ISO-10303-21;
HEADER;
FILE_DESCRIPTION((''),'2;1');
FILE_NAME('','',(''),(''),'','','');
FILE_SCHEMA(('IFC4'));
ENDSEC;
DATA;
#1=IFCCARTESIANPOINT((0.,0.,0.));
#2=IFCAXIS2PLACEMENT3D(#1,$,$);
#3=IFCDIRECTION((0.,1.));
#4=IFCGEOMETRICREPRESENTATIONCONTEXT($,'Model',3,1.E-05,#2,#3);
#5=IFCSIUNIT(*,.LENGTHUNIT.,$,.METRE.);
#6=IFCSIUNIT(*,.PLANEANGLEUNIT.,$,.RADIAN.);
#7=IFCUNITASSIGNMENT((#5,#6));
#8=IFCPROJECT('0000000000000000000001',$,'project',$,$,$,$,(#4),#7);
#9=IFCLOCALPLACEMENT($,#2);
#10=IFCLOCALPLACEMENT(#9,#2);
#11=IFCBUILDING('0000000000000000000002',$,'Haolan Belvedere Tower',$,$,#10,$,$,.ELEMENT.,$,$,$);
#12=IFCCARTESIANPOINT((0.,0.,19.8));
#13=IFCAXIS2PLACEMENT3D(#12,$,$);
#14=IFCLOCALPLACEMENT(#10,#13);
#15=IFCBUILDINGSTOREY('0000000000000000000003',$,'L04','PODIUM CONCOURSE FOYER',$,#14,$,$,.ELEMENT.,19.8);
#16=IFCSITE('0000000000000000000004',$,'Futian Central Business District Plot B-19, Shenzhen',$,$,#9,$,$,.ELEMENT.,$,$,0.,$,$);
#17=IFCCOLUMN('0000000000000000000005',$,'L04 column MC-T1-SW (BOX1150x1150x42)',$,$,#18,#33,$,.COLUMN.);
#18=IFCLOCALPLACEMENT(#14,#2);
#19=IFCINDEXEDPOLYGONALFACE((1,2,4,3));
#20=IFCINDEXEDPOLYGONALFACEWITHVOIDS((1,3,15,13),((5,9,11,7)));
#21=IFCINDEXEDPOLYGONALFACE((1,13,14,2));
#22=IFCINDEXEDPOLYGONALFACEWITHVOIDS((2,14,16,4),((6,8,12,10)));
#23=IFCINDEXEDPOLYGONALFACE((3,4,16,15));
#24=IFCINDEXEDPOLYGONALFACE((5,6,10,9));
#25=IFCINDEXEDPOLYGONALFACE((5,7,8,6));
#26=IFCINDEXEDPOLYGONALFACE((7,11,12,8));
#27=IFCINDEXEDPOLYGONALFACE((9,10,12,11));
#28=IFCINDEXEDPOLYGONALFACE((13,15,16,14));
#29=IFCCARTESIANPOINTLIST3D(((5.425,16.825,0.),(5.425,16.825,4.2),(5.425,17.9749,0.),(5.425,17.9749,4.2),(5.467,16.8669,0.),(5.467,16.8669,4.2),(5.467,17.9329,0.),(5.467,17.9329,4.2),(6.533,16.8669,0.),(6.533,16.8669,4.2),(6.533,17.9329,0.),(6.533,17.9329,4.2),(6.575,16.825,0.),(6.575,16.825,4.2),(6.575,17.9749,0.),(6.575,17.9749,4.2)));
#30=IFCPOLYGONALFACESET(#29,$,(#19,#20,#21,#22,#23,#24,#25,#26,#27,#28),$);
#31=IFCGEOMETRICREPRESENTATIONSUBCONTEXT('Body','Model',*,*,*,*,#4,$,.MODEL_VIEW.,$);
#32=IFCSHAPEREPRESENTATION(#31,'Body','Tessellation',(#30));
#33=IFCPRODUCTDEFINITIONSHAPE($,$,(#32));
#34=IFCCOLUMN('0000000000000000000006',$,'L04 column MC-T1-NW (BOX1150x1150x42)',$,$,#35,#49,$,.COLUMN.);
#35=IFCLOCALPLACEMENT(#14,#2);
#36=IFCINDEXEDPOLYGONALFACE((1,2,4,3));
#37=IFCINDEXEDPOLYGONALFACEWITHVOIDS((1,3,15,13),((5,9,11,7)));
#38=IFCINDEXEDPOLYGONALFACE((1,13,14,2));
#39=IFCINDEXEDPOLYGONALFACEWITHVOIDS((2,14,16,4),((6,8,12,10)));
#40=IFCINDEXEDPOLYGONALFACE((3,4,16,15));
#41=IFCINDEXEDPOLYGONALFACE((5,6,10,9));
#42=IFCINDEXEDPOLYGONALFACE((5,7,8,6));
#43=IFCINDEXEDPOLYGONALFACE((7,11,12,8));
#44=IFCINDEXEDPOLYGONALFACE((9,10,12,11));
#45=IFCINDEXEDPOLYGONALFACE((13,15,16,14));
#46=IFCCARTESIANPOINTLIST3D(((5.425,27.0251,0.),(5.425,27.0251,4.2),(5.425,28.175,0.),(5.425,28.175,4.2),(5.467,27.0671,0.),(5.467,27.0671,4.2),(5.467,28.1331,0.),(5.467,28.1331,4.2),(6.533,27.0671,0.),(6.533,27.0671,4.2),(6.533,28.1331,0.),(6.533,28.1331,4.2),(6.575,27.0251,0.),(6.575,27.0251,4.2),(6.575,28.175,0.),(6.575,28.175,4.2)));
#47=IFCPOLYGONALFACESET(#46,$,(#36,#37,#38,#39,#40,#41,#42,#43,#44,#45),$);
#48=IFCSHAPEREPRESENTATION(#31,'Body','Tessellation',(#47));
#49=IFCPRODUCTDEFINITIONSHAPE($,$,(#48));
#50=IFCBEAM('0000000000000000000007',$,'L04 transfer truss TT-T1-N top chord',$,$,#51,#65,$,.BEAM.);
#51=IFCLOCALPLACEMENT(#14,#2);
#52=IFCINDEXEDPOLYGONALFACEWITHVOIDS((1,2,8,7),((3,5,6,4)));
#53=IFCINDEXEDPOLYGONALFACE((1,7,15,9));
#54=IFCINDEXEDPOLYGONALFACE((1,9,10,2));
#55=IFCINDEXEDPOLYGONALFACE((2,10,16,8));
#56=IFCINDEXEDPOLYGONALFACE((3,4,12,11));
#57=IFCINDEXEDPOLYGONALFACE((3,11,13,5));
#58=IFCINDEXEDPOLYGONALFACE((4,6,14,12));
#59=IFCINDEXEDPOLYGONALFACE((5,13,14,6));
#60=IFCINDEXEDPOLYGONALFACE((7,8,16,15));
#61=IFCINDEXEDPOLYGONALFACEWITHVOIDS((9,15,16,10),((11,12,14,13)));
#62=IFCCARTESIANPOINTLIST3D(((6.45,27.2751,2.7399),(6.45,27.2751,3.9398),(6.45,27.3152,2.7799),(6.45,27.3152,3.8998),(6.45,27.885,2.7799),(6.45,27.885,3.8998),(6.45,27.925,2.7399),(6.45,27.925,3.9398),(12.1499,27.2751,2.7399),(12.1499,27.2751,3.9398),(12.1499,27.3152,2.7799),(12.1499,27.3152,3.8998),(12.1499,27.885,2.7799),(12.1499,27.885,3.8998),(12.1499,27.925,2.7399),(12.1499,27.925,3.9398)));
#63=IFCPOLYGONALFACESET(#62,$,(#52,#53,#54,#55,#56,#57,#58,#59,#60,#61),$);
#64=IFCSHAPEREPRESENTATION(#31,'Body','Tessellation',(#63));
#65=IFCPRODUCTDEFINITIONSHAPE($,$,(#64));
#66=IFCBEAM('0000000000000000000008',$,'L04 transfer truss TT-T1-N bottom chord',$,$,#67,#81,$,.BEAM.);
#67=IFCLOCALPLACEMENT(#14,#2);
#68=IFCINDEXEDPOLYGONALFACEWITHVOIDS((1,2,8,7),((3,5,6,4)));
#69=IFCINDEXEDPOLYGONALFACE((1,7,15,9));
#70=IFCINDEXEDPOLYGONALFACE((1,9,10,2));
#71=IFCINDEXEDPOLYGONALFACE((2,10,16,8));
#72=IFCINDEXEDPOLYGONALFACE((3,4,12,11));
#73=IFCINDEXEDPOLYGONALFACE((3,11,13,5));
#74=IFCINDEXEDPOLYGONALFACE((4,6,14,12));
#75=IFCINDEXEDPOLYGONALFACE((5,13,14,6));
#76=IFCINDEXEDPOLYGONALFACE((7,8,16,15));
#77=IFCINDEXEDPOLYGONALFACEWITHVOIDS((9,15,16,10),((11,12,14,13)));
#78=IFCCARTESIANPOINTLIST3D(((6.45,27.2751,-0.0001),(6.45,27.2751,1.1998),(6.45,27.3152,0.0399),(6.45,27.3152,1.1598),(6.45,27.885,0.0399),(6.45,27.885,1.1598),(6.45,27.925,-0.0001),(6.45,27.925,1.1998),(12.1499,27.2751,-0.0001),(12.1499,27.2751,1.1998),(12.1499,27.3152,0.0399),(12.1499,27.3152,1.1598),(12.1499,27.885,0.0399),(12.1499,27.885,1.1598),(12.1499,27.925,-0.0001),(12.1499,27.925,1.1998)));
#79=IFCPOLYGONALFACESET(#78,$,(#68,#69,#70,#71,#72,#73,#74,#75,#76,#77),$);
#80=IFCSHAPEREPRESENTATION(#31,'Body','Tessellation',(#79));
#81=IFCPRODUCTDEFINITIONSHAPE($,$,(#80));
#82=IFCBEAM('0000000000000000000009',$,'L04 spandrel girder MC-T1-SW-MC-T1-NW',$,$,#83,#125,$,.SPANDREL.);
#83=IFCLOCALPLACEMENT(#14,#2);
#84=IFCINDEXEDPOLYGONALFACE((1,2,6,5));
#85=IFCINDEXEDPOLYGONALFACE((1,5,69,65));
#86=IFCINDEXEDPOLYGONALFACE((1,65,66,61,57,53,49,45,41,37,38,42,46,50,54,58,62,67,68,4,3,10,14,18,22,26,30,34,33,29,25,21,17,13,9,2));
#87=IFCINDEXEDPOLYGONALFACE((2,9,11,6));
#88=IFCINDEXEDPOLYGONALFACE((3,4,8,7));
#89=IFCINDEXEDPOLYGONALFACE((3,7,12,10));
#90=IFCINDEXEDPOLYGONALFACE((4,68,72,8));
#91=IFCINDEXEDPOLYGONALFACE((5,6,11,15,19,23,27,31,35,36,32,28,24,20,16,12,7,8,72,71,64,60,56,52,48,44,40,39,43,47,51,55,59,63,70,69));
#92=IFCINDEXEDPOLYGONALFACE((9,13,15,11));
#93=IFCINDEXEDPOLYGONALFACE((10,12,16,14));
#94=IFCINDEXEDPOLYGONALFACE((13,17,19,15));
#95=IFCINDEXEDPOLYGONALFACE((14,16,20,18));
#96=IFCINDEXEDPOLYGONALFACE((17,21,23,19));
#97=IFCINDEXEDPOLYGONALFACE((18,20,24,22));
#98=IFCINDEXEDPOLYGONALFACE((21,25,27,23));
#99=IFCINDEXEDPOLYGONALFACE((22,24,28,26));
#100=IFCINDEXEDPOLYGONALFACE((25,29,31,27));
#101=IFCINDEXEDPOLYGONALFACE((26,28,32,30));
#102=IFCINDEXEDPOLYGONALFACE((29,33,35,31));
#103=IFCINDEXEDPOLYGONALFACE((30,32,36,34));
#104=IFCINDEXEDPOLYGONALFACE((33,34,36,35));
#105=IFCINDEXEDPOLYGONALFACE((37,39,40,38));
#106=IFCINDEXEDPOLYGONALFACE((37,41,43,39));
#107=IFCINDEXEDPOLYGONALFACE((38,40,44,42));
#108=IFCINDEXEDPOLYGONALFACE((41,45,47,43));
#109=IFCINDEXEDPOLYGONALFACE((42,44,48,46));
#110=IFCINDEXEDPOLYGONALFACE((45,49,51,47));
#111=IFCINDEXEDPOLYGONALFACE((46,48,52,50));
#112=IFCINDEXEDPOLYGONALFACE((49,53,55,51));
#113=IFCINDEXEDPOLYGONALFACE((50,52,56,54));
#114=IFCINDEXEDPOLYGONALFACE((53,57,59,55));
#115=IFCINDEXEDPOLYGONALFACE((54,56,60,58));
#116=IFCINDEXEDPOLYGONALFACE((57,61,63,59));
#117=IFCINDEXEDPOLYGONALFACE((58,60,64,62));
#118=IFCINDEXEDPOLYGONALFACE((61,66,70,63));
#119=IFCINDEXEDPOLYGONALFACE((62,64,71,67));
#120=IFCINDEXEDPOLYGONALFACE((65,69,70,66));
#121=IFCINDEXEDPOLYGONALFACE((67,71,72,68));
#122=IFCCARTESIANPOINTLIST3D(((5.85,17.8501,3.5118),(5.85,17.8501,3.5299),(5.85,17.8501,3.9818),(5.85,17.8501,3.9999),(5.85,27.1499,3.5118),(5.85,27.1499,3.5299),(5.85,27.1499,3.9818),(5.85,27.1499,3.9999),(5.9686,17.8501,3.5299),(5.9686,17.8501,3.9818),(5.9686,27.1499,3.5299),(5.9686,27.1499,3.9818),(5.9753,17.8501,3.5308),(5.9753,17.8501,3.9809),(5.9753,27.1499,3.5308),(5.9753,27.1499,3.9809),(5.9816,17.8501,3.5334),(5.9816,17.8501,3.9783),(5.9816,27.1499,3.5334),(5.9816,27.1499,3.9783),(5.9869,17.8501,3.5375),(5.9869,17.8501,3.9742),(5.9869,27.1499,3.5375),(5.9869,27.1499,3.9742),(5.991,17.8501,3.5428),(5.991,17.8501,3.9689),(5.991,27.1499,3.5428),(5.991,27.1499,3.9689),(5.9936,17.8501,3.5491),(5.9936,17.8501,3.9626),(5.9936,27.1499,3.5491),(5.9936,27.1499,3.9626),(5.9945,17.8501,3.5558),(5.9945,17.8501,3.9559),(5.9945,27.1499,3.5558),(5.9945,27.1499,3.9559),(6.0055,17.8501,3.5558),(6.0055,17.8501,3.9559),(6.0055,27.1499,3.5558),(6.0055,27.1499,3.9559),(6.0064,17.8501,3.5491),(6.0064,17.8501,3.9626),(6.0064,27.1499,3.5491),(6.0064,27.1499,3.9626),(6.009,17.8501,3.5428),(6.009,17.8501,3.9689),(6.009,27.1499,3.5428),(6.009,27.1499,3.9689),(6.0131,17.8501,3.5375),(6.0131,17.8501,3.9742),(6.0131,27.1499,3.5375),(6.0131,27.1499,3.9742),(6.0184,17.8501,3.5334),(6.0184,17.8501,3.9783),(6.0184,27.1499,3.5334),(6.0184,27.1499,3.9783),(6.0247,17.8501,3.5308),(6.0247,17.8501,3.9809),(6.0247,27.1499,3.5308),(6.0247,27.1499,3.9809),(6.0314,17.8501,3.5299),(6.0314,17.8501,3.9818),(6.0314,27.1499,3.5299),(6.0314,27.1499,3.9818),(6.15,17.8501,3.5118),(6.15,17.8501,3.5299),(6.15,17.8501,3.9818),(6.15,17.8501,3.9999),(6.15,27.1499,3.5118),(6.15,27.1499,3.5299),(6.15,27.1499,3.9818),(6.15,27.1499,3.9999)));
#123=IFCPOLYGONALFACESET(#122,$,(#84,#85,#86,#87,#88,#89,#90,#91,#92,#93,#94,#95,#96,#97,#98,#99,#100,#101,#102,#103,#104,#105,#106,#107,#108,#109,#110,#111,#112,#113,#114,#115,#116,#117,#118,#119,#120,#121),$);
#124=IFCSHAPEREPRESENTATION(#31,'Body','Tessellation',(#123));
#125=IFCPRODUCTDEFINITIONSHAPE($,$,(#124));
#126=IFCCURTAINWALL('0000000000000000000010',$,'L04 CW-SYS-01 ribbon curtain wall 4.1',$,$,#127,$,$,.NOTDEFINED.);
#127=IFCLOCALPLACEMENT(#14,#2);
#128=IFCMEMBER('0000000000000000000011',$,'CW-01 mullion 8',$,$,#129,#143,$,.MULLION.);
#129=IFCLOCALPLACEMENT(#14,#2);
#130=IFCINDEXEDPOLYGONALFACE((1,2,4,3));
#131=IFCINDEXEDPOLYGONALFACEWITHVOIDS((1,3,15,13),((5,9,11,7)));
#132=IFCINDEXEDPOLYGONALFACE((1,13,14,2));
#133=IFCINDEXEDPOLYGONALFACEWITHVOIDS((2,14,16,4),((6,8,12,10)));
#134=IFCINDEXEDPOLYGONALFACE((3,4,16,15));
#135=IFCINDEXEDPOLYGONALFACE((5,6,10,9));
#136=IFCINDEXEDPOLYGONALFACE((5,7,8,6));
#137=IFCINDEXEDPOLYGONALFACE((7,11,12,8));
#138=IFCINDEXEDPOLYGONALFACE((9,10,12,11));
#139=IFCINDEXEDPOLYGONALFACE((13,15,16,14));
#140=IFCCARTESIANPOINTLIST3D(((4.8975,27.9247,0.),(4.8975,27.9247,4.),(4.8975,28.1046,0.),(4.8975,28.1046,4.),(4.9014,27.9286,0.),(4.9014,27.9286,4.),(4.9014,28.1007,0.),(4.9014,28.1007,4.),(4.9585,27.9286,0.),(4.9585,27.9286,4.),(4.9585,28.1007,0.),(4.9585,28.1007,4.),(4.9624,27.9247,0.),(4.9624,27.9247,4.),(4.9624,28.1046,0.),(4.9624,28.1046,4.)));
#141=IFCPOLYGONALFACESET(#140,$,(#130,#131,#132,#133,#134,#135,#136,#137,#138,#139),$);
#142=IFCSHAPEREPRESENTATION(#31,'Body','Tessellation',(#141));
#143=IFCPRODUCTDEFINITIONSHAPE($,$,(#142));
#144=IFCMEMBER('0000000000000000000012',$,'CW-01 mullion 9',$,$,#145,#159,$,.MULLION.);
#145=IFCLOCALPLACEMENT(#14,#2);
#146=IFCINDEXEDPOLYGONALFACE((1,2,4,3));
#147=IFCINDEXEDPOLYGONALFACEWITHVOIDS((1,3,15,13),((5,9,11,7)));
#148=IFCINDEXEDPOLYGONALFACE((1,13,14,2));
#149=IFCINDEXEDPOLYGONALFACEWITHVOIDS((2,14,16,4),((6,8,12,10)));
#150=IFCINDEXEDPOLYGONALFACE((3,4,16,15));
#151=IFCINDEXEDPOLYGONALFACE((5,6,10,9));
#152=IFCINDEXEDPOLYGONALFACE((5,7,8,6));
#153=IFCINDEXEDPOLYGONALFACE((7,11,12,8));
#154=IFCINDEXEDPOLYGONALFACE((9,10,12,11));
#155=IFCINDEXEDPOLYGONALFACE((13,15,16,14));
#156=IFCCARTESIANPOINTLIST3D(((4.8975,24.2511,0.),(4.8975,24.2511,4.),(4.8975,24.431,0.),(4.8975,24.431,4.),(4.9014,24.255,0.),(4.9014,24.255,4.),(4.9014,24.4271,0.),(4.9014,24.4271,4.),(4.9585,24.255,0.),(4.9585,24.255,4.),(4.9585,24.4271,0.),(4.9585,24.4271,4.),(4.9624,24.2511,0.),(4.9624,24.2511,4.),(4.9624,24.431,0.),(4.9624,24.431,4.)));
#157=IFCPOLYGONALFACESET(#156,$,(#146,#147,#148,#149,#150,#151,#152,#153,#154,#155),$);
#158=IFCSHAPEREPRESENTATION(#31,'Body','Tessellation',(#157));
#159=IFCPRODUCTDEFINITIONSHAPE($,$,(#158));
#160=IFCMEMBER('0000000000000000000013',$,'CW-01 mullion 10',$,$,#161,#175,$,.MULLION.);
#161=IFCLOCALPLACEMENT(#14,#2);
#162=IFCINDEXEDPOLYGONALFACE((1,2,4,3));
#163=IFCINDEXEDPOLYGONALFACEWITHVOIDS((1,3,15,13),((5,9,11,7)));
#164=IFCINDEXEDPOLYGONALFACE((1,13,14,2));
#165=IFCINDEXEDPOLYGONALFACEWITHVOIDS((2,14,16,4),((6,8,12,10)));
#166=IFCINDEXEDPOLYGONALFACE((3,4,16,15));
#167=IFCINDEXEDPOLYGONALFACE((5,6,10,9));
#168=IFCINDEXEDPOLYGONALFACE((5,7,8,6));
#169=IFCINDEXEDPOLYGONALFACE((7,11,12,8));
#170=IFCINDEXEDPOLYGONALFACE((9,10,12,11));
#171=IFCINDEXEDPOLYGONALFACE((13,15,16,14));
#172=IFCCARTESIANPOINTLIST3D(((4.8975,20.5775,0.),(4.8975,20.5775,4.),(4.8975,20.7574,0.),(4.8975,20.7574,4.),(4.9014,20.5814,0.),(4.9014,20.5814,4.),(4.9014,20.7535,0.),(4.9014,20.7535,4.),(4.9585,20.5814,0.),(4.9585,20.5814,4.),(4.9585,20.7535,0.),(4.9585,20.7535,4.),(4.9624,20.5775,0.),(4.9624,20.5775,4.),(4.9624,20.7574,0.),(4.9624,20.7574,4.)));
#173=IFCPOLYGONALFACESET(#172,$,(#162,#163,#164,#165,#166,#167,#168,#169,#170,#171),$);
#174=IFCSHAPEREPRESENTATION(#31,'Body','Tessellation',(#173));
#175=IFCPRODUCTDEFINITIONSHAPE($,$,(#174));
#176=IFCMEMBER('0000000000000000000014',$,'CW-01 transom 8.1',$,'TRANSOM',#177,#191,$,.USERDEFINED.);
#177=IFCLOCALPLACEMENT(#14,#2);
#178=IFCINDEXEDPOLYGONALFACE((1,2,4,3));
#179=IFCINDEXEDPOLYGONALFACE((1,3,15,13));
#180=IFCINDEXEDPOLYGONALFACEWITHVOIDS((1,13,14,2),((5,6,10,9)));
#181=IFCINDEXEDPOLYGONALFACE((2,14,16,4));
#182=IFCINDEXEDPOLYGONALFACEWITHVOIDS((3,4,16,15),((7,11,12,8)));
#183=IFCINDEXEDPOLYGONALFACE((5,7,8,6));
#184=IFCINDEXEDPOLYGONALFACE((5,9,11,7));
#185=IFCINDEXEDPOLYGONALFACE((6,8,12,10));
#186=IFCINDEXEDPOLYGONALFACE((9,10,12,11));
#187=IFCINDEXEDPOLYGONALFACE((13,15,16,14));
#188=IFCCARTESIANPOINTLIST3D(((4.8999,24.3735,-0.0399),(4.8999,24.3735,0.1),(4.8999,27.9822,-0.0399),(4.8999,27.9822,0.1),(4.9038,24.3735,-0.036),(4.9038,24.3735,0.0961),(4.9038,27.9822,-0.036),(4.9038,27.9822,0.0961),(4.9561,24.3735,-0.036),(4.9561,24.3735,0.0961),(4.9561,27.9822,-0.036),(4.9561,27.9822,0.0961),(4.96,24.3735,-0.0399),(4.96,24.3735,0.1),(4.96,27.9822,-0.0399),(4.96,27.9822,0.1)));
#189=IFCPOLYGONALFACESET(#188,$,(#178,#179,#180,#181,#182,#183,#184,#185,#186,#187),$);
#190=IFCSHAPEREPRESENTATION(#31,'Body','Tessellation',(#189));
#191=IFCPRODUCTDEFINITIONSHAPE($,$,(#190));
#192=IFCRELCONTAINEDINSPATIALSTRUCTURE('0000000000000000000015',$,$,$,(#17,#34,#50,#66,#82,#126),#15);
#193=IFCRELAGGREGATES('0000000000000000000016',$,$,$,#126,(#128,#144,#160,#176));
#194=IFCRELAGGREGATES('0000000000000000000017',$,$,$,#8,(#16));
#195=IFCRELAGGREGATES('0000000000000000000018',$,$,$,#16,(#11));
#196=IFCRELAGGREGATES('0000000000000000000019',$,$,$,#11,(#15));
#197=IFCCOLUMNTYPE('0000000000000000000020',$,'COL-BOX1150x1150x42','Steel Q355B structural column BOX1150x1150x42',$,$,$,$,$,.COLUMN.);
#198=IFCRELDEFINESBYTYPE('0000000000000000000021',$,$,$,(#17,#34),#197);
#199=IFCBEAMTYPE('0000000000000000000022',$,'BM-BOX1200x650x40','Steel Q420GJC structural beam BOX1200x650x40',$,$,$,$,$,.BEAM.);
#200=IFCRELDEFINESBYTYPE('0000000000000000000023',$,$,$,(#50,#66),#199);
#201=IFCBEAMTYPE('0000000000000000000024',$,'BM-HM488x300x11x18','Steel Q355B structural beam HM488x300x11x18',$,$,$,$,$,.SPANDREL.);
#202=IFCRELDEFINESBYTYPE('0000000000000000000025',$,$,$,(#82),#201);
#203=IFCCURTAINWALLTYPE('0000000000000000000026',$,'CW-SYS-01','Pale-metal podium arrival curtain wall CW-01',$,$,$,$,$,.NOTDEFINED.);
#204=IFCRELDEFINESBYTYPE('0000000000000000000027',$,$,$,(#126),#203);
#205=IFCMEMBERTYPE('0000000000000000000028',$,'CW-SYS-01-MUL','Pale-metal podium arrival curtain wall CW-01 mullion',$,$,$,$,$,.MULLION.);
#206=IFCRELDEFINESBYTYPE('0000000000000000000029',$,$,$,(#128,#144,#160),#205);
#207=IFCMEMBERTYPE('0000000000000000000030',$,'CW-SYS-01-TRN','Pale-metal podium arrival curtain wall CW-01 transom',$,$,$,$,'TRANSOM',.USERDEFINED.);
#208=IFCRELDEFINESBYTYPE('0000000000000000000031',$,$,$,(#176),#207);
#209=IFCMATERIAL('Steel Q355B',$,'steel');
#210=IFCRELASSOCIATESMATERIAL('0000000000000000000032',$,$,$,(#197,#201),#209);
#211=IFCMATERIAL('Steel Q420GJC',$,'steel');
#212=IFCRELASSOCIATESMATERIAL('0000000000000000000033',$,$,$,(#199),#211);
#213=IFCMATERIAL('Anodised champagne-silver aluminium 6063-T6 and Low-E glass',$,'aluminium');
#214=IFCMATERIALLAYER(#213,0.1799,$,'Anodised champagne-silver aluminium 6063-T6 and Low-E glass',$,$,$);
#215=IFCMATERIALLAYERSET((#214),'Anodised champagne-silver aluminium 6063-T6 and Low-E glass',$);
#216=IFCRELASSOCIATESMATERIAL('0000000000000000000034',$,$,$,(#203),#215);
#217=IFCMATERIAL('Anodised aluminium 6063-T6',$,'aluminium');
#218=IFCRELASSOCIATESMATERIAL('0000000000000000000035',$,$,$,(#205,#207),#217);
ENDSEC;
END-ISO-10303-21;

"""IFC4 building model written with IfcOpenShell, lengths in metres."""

from ifc_helpers import new_model, si_unit, direction, frame, origin, origin_2d, place, context, subcontext, project, spatial, hollow_rectangle, i_section, extrude, material, layer, layer_set, material_profile, profile_set, type_object, element, aggregate, save


model = new_model("IFC4")

# Units and contexts
model_context = context("Model", 3, precision=1e-05, world=origin(), true_north=direction((0.0, 1.0)))
body_context = subcontext(model_context, "Body", "Model", "MODEL_VIEW")
ifc_project = project(units=[si_unit("LENGTHUNIT", "METRE"), si_unit("PLANEANGLEUNIT", "RADIAN")], contexts=[model_context])

# Site, building, storey
site_placement = place(None, origin())
site = spatial("IfcSite", under=ifc_project, at=site_placement, Name="Futian Central Business District Plot B-19, Shenzhen", CompositionType="ELEMENT", RefElevation=0.0)
building_placement = place(site_placement, origin())
building = spatial("IfcBuilding", under=site, at=building_placement, Name="Haolan Belvedere Tower", CompositionType="ELEMENT")
storey_placement = place(building_placement, frame((0.0, 0.0, 19.8)))
storey = spatial("IfcBuildingStorey", under=building, at=storey_placement, Name="L04", Description="PODIUM CONCOURSE FOYER", CompositionType="ELEMENT", Elevation=19.8)

# Columns
ifc_material_1 = material(Name="Steel Q355B", Category="steel")
ifc_material_profile_1 = material_profile(ifc_material_1, hollow_rectangle(XDim=1.1499, YDim=1.1499, WallThickness=0.042, at=origin_2d()), Name="Steel Q355B")
ifc_profile_set_1 = profile_set([ifc_material_profile_1], Name="Steel Q355B")
column_type = type_object("IfcColumnType", Name="COL-BOX1150x1150x42", Description="Steel Q355B structural column BOX1150x1150x42", PredefinedType="COLUMN", material=ifc_profile_set_1)
for number, where, z_axis, x_axis, name in (
    (1, (6.0, 17.3999, 0.0), (0.0, 0.0, 1.0), (1.0, 0.0, 0.0), "L04 column MC-T1-SW (BOX1150x1150x42)"),
    (2, (6.0, 27.6001, 0.0), (0.0, 0.0, 1.0), (1.0, 0.0, 0.0), "L04 column MC-T1-NW (BOX1150x1150x42)"),
):
    element("IfcColumn", number, at=place(storey_placement, frame(where, z_axis=z_axis, x_axis=x_axis)), inside=storey, type_object=column_type, Name=name, PredefinedType="COLUMN", context=body_context, shape_type="SweptSolid", body=[
        extrude(hollow_rectangle(XDim=1.1499, YDim=1.1499, WallThickness=0.042, at=origin_2d()), origin(), (0.0, 0.0, 1.0), 4.2),
    ])

# Beams
ifc_material_2 = material(Name="Steel Q420GJC", Category="steel")
ifc_material_profile_2 = material_profile(ifc_material_2, hollow_rectangle(XDim=0.6499, YDim=1.2, WallThickness=0.04, at=origin_2d()), Name="Steel Q420GJC")
ifc_profile_set_2 = profile_set([ifc_material_profile_2], Name="Steel Q420GJC")
beam_type_1 = type_object("IfcBeamType", Name="BM-BOX1200x650x40", Description="Steel Q420GJC structural beam BOX1200x650x40", PredefinedType="BEAM", material=ifc_profile_set_2)
for number, where, z_axis, x_axis, name in (
    (3, (6.45, 27.6001, 3.3398), (1.0, 0.0, 0.0), (0.0, 1.0, 0.0), "L04 transfer truss TT-T1-N top chord"),
    (4, (6.45, 27.6001, 0.5999), (1.0, 0.0, 0.0), (0.0, 1.0, 0.0), "L04 transfer truss TT-T1-N bottom chord"),
):
    element("IfcBeam", number, at=place(storey_placement, frame(where, z_axis=z_axis, x_axis=x_axis)), inside=storey, type_object=beam_type_1, Name=name, PredefinedType="BEAM", context=body_context, shape_type="SweptSolid", body=[
        extrude(hollow_rectangle(XDim=0.6499, YDim=1.2, WallThickness=0.04, at=origin_2d()), origin(), (0.0, 0.0, 1.0), 5.7),
    ])
ifc_material_profile_3 = material_profile(ifc_material_1, i_section(OverallWidth=0.3, OverallDepth=0.488, WebThickness=0.011, FlangeThickness=0.0181, FilletRadius=0.0259, at=origin_2d()), Name="Steel Q355B")
ifc_profile_set_3 = profile_set([ifc_material_profile_3], Name="Steel Q355B")
beam_type_2 = type_object("IfcBeamType", Name="BM-HM488x300x11x18", Description="Steel Q355B structural beam HM488x300x11x18", PredefinedType="SPANDREL", material=ifc_profile_set_3)
beam_placement = place(storey_placement, frame((6.0, 17.8501, 3.7559), z_axis=(0.0, 1.0, 0.0), x_axis=(-1.0, 0.0, 0.0)))
element("IfcBeam", 5, at=beam_placement, inside=storey, type_object=beam_type_2, Name="L04 spandrel girder MC-T1-SW-MC-T1-NW", PredefinedType="SPANDREL", context=body_context, shape_type="SweptSolid", body=[
    extrude(i_section(OverallWidth=0.3, OverallDepth=0.488, WebThickness=0.011, FlangeThickness=0.0181, FilletRadius=0.0259, at=origin_2d()), origin(), (0.0, 0.0, 1.0), 9.2998),
])

# Curtain wall, members
ifc_material_3 = material(Name="Anodised champagne-silver aluminium 6063-T6 and Low-E glass", Category="aluminium")
ifc_layer_1 = layer(ifc_material_3, 0.1799, Name="Anodised champagne-silver aluminium 6063-T6 and Low-E glass")
ifc_layer_set_1 = layer_set([ifc_layer_1], Name="Anodised champagne-silver aluminium 6063-T6 and Low-E glass")
curtain_wall_type = type_object("IfcCurtainWallType", Name="CW-SYS-01", Description="Pale-metal podium arrival curtain wall CW-01", PredefinedType="NOTDEFINED", material=ifc_layer_set_1)
curtain_wall_placement = place(storey_placement, origin())
curtain_wall = element("IfcCurtainWall", 6, at=curtain_wall_placement, inside=storey, type_object=curtain_wall_type, Name="L04 CW-SYS-01 ribbon curtain wall 4.1", PredefinedType="NOTDEFINED")
ifc_material_4 = material(Name="Anodised aluminium 6063-T6", Category="aluminium")
ifc_material_profile_4 = material_profile(ifc_material_4, hollow_rectangle(XDim=0.0649, YDim=0.1799, WallThickness=0.0039, at=origin_2d()), Name="Anodised aluminium 6063-T6")
ifc_profile_set_4 = profile_set([ifc_material_profile_4], Name="Anodised aluminium 6063-T6")
member_type_1 = type_object("IfcMemberType", Name="CW-SYS-01-MUL", Description="Pale-metal podium arrival curtain wall CW-01 mullion", PredefinedType="MULLION", material=ifc_profile_set_4)
member_1_placement = place(storey_placement, frame((4.9299, 28.0146, 0.0), z_axis=(0.0, 0.0, 1.0), x_axis=(1.0, 0.0, 0.0)))
member_1 = element("IfcMember", 7, at=member_1_placement, type_object=member_type_1, Name="CW-01 mullion 8", PredefinedType="MULLION", context=body_context, shape_type="SweptSolid", body=[
    extrude(hollow_rectangle(XDim=0.0649, YDim=0.1799, WallThickness=0.0039, at=origin_2d()), origin(), (0.0, 0.0, 1.0), 4.0),
])
member_2_placement = place(storey_placement, frame((4.9299, 24.3411, 0.0), z_axis=(0.0, 0.0, 1.0), x_axis=(1.0, 0.0, 0.0)))
member_2 = element("IfcMember", 8, at=member_2_placement, type_object=member_type_1, Name="CW-01 mullion 9", PredefinedType="MULLION", context=body_context, shape_type="SweptSolid", body=[
    extrude(hollow_rectangle(XDim=0.0649, YDim=0.1799, WallThickness=0.0039, at=origin_2d()), origin(), (0.0, 0.0, 1.0), 4.0),
])
member_3_placement = place(storey_placement, frame((4.9299, 20.6675, 0.0), z_axis=(0.0, 0.0, 1.0), x_axis=(1.0, 0.0, 0.0)))
member_3 = element("IfcMember", 9, at=member_3_placement, type_object=member_type_1, Name="CW-01 mullion 10", PredefinedType="MULLION", context=body_context, shape_type="SweptSolid", body=[
    extrude(hollow_rectangle(XDim=0.0649, YDim=0.1799, WallThickness=0.0039, at=origin_2d()), origin(), (0.0, 0.0, 1.0), 4.0),
])
ifc_material_profile_5 = material_profile(ifc_material_4, hollow_rectangle(XDim=0.0601, YDim=0.1399, WallThickness=0.0039, at=origin_2d()), Name="Anodised aluminium 6063-T6")
ifc_profile_set_5 = profile_set([ifc_material_profile_5], Name="Anodised aluminium 6063-T6")
member_type_2 = type_object("IfcMemberType", Name="CW-SYS-01-TRN", Description="Pale-metal podium arrival curtain wall CW-01 transom", ElementType="TRANSOM", PredefinedType="USERDEFINED", material=ifc_profile_set_5)
member_4_placement = place(storey_placement, frame((4.9299, 27.9822, 0.03), z_axis=(0.0, -1.0, 0.0), x_axis=(1.0, 0.0, 0.0)))
member_4 = element("IfcMember", 10, at=member_4_placement, type_object=member_type_2, Name="CW-01 transom 8.1", ObjectType="TRANSOM", PredefinedType="USERDEFINED", context=body_context, shape_type="SweptSolid", body=[
    extrude(hollow_rectangle(XDim=0.0601, YDim=0.1399, WallThickness=0.0039, at=origin_2d()), origin(), (0.0, 0.0, 1.0), 3.6086),
])

aggregate(curtain_wall, [member_1, member_2, member_3, member_4])

save(model, "model.ifc")
